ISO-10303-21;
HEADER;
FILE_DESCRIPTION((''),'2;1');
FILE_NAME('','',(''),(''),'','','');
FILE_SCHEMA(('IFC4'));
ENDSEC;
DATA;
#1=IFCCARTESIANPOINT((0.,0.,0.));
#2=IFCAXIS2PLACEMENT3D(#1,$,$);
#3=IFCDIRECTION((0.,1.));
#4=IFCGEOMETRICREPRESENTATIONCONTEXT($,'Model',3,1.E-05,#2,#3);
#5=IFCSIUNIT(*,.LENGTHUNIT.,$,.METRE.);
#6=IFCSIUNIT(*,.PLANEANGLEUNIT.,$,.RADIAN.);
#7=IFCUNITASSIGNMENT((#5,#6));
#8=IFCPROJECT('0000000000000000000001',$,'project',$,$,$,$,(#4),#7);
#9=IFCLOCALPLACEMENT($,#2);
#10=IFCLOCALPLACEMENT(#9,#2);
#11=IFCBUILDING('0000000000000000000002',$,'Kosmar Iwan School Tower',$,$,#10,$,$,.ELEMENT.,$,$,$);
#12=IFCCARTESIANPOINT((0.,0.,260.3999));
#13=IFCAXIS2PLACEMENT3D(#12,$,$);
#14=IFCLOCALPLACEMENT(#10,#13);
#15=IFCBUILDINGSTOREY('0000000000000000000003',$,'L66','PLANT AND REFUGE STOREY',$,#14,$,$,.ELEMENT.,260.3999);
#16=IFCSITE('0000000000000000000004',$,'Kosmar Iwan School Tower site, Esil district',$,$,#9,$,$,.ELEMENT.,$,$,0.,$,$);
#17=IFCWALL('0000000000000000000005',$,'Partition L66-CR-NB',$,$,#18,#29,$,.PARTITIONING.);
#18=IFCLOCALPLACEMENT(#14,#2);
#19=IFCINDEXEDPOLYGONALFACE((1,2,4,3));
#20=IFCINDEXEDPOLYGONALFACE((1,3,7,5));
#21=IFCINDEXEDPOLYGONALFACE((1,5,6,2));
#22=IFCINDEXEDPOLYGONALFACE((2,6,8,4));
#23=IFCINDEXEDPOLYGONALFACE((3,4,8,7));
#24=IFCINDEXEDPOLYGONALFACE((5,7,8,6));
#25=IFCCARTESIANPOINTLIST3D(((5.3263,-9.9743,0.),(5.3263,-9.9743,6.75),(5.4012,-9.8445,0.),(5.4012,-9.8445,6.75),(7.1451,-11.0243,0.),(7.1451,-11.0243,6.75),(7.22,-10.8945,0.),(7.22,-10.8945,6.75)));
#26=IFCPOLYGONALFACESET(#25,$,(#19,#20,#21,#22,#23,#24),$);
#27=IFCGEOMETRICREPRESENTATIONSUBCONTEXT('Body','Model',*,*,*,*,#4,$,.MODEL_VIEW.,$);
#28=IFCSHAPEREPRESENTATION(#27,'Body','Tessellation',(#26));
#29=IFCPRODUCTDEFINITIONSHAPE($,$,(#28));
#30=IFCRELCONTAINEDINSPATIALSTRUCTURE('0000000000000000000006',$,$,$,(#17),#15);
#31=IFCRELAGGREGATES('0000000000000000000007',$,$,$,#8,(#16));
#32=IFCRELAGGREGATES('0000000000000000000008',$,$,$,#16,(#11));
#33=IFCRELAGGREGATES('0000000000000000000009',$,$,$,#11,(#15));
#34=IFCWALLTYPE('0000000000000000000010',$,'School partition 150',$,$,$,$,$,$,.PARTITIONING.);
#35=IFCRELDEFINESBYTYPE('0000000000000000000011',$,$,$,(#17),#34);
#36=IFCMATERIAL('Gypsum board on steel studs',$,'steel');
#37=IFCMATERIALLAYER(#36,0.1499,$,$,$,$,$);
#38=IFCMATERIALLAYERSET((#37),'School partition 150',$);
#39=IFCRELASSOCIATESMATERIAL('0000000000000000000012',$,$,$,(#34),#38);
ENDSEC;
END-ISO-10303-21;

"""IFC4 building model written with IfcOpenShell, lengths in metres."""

from ifc_helpers import new_model, si_unit, direction, frame, frame_2d, origin, place, context, subcontext, project, spatial, rectangle, extrude, material, layer, layer_set, type_object, element, save


model = new_model("IFC4")

# Units and contexts
model_context = context("Model", 3, precision=1e-05, world=origin(), true_north=direction((0.0, 1.0)))
body_context = subcontext(model_context, "Body", "Model", "MODEL_VIEW")
ifc_project = project(units=[si_unit("LENGTHUNIT", "METRE"), si_unit("PLANEANGLEUNIT", "RADIAN")], contexts=[model_context])

# Site, building, storey
site_placement = place(None, origin())
site = spatial("IfcSite", under=ifc_project, at=site_placement, Name="Kosmar Iwan School Tower site, Esil district", CompositionType="ELEMENT", RefElevation=0.0)
building_placement = place(site_placement, origin())
building = spatial("IfcBuilding", under=site, at=building_placement, Name="Kosmar Iwan School Tower", CompositionType="ELEMENT")
storey_placement = place(building_placement, frame((0.0, 0.0, 260.3999)))
storey = spatial("IfcBuildingStorey", under=building, at=storey_placement, Name="L66", Description="PLANT AND REFUGE STOREY", CompositionType="ELEMENT", Elevation=260.3999)

# Wall
ifc_material_1 = material(Name="Gypsum board on steel studs", Category="steel")
ifc_layer_1 = layer(ifc_material_1, 0.1499)
ifc_layer_set_1 = layer_set([ifc_layer_1], Name="School partition 150")
wall_type_1 = type_object("IfcWallType", Name="School partition 150", PredefinedType="PARTITIONING", material=ifc_layer_set_1)
wall_1_placement = place(storey_placement, frame((5.3638, -9.9094, 0.0), z_axis=(0.0, 0.0, 1.0), x_axis=(0.866038, -0.499977, 0.0)))
element("IfcWall", 1, at=wall_1_placement, inside=storey, type_object=wall_type_1, Name="Partition L66-CR-NB", PredefinedType="PARTITIONING", context=body_context, shape_type="SweptSolid", body=[
    extrude(rectangle(XDim=2.1001, YDim=0.1499, at=frame_2d((1.05, 0.0))), origin(), (0.0, 0.0, 1.0), 6.75),
])

save(model, "model.ifc")
